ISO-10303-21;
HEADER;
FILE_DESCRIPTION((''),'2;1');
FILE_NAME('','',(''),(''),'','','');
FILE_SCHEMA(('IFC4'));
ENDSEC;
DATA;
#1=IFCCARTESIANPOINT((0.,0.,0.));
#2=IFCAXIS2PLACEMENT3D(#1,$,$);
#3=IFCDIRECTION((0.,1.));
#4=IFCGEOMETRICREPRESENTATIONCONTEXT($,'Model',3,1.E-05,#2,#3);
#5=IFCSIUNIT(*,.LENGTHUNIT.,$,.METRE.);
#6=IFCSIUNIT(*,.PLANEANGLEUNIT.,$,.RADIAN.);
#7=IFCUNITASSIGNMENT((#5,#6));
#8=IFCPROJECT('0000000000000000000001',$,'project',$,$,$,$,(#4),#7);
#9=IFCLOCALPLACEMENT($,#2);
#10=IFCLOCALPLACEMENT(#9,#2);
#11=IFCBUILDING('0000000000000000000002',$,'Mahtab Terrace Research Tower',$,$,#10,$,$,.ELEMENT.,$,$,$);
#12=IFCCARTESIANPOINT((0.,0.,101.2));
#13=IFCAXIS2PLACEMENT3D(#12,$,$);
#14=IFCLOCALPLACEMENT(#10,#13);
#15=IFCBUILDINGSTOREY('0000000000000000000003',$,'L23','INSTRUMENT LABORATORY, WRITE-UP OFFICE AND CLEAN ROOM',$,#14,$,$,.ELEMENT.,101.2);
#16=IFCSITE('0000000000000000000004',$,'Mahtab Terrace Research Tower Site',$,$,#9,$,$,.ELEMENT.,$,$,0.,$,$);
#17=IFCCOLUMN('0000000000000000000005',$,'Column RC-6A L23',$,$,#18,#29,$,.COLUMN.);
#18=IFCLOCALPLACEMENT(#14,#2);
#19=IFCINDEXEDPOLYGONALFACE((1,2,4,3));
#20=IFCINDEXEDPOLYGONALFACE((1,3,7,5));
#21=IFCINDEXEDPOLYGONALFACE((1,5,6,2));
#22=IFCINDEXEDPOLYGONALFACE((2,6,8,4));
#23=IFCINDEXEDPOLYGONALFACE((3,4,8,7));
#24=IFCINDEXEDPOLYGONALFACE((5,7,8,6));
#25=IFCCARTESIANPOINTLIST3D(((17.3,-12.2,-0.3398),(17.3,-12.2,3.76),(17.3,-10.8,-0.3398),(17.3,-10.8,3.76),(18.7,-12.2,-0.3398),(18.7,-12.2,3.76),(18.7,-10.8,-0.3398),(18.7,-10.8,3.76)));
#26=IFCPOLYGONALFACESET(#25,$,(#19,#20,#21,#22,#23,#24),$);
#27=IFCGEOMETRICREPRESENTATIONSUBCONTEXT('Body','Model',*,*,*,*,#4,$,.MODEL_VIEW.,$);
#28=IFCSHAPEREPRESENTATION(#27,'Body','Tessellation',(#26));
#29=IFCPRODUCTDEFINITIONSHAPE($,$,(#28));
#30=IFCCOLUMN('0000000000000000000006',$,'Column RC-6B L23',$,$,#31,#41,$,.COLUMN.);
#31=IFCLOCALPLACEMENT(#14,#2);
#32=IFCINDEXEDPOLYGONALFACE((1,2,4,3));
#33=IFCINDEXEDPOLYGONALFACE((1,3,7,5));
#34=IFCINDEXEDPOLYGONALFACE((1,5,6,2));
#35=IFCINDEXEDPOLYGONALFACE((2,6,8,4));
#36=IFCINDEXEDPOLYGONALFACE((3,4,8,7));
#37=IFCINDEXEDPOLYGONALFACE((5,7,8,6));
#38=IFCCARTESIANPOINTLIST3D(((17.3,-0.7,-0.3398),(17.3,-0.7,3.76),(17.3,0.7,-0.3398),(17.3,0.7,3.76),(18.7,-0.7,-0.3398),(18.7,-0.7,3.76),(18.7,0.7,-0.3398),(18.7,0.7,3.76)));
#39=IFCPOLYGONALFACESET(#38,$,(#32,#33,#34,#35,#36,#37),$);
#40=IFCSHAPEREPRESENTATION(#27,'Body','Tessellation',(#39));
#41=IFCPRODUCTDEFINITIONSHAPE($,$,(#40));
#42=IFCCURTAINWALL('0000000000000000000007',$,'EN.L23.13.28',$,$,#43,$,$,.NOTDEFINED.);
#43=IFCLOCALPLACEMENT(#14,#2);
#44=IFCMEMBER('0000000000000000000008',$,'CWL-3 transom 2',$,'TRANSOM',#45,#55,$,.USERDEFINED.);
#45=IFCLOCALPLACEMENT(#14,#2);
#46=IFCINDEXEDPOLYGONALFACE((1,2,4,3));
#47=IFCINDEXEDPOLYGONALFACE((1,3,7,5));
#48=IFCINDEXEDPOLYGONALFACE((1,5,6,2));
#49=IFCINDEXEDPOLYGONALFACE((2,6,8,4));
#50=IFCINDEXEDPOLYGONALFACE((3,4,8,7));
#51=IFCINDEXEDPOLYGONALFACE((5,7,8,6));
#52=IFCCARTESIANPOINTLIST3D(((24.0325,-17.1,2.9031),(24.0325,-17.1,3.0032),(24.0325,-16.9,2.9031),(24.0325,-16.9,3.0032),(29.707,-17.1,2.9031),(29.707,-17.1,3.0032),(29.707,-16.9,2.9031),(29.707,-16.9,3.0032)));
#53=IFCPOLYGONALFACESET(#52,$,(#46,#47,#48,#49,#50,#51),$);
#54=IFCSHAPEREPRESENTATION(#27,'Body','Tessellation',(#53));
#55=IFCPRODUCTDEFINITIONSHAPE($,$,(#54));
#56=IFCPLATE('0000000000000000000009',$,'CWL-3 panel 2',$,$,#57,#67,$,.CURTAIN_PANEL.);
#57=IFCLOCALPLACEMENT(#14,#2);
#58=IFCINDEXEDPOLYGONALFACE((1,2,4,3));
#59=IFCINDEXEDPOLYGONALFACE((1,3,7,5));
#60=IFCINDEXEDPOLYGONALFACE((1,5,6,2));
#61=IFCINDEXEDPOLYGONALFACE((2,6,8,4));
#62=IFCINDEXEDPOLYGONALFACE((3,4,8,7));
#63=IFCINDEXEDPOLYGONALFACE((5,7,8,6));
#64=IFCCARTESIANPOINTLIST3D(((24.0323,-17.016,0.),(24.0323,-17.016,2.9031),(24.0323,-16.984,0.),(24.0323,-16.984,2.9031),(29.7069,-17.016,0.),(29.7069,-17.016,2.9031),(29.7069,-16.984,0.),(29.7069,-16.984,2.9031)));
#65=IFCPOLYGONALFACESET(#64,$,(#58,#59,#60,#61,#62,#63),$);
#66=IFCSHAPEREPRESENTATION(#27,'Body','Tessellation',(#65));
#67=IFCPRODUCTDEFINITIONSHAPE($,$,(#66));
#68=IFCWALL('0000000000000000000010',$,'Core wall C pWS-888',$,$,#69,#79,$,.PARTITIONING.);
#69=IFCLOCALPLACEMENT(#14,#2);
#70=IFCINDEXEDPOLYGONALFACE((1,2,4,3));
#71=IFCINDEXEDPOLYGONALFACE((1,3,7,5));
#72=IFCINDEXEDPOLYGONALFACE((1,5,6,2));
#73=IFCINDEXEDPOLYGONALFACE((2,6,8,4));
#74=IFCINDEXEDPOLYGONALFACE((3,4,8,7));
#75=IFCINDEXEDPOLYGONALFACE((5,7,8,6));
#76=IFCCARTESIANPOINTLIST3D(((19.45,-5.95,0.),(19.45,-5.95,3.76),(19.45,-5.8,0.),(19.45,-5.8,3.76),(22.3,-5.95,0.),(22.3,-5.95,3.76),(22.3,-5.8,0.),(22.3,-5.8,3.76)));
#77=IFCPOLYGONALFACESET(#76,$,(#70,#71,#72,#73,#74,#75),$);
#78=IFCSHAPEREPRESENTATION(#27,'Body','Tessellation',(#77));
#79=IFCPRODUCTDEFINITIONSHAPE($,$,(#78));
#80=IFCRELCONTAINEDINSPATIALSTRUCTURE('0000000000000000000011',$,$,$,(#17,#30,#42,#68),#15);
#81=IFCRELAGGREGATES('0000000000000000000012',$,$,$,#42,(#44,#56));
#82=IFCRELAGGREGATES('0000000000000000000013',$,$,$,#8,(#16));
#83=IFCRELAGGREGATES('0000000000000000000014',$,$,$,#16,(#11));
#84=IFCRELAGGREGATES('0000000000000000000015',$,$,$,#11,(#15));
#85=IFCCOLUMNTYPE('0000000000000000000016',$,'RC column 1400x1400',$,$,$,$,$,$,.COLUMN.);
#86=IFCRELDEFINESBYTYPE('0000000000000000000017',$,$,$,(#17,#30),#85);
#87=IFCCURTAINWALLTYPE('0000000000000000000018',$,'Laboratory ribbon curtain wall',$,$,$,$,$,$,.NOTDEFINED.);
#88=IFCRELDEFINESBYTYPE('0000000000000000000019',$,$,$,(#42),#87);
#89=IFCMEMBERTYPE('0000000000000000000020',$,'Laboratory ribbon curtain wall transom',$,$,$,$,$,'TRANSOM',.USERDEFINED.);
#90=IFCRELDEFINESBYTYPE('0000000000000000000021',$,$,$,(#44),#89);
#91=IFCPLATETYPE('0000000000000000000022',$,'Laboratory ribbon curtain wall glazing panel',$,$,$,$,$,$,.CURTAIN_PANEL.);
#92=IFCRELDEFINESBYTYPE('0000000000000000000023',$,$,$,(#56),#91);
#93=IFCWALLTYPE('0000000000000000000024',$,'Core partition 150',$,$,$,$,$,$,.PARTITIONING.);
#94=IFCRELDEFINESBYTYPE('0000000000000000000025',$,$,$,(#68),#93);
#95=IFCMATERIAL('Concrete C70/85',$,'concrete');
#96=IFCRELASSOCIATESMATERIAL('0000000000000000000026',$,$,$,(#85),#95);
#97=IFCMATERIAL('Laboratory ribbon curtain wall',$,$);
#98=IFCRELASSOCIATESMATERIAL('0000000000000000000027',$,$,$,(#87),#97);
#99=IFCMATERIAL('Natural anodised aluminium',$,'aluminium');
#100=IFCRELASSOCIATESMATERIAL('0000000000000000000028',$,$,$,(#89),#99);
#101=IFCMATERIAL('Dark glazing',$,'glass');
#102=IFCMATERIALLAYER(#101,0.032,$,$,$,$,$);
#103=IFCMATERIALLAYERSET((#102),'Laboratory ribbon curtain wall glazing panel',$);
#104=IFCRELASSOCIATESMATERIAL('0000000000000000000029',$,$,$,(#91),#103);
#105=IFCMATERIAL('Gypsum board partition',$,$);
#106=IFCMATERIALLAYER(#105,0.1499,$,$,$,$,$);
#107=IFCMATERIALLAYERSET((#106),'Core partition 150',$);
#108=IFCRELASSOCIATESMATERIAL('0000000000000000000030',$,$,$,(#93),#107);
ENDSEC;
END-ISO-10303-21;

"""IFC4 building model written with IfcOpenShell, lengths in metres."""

from ifc_helpers import new_model, si_unit, direction, frame, frame_2d, origin, origin_2d, place, context, subcontext, project, spatial, rectangle, extrude, material, layer, layer_set, material_profile, profile_set, type_object, element, aggregate, save


model = new_model("IFC4")

# Units and contexts
model_context = context("Model", 3, precision=1e-05, world=origin(), true_north=direction((0.0, 1.0)))
body_context = subcontext(model_context, "Body", "Model", "MODEL_VIEW")
ifc_project = project(units=[si_unit("LENGTHUNIT", "METRE"), si_unit("PLANEANGLEUNIT", "RADIAN")], contexts=[model_context])

# Site, building, storey
site_placement = place(None, origin())
site = spatial("IfcSite", under=ifc_project, at=site_placement, Name="Mahtab Terrace Research Tower Site", CompositionType="ELEMENT", RefElevation=0.0)
building_placement = place(site_placement, origin())
building = spatial("IfcBuilding", under=site, at=building_placement, Name="Mahtab Terrace Research Tower", CompositionType="ELEMENT")
storey_placement = place(building_placement, frame((0.0, 0.0, 101.2)))
storey = spatial("IfcBuildingStorey", under=building, at=storey_placement, Name="L23", Description="INSTRUMENT LABORATORY, WRITE-UP OFFICE AND CLEAN ROOM", CompositionType="ELEMENT", Elevation=101.2)

# Columns
ifc_material_1 = material(Name="Concrete C70/85", Category="concrete")
ifc_material_profile_1 = material_profile(ifc_material_1, rectangle(XDim=1.3999, YDim=1.3999, at=origin_2d()), Name="RC column 1400x1400")
ifc_profile_set_1 = profile_set([ifc_material_profile_1], Name="Concrete C70/85")
column_type = type_object("IfcColumnType", Name="RC column 1400x1400", PredefinedType="COLUMN", material=ifc_profile_set_1)
for number, where, z_axis, x_axis, name in (
    (1, (18.0, -11.5, -0.3398), (0.0, 0.0, 1.0), (1.0, 0.0, 0.0), "Column RC-6A L23"),
    (2, (18.0, 0.0, -0.3398), (0.0, 0.0, 1.0), (1.0, 0.0, 0.0), "Column RC-6B L23"),
):
    element("IfcColumn", number, at=place(storey_placement, frame(where, z_axis=z_axis, x_axis=x_axis)), inside=storey, type_object=column_type, Name=name, PredefinedType="COLUMN", context=body_context, shape_type="SweptSolid", body=[
        extrude(rectangle(XDim=1.3999, YDim=1.3999, at=origin_2d()), origin(), (0.0, 0.0, 1.0), 4.0999),
    ])

# Curtain wall, member, plate
ifc_material_2 = material(Name="Laboratory ribbon curtain wall")
curtain_wall_type = type_object("IfcCurtainWallType", Name="Laboratory ribbon curtain wall", PredefinedType="NOTDEFINED", material=ifc_material_2)
curtain_wall_placement = place(storey_placement, origin())
curtain_wall = element("IfcCurtainWall", 3, at=curtain_wall_placement, inside=storey, type_object=curtain_wall_type, Name="EN.L23.13.28", PredefinedType="NOTDEFINED")
ifc_material_3 = material(Name="Natural anodised aluminium", Category="aluminium")
ifc_material_profile_2 = material_profile(ifc_material_3, rectangle(XDim=0.2, YDim=0.1001, at=origin_2d()), Name="TRANSOM 100x200")
ifc_profile_set_2 = profile_set([ifc_material_profile_2], Name="Natural anodised aluminium")
member_type = type_object("IfcMemberType", Name="Laboratory ribbon curtain wall transom", ElementType="TRANSOM", PredefinedType="USERDEFINED", material=ifc_profile_set_2)
member_placement = place(storey_placement, frame((24.0325, -17.0, 2.9531), z_axis=(1.0, 0.0, 0.0), x_axis=(0.0, 1.0, 0.0)))
member = element("IfcMember", 4, at=member_placement, type_object=member_type, Name="CWL-3 transom 2", ObjectType="TRANSOM", PredefinedType="USERDEFINED", context=body_context, shape_type="SweptSolid", body=[
    extrude(rectangle(XDim=0.2, YDim=0.1001, at=origin_2d()), origin(), (0.0, 0.0, 1.0), 5.6746),
])
ifc_material_4 = material(Name="Dark glazing", Category="glass")
ifc_layer_1 = layer(ifc_material_4, 0.032)
ifc_layer_set_1 = layer_set([ifc_layer_1], Name="Laboratory ribbon curtain wall glazing panel")
plate_type = type_object("IfcPlateType", Name="Laboratory ribbon curtain wall glazing panel", PredefinedType="CURTAIN_PANEL", material=ifc_layer_set_1)
plate_placement = place(storey_placement, frame((26.8696, -17.0, 0.0), z_axis=(0.0, 0.0, 1.0), x_axis=(1.0, 0.0, 0.0)))
plate = element("IfcPlate", 5, at=plate_placement, type_object=plate_type, Name="CWL-3 panel 2", PredefinedType="CURTAIN_PANEL", context=body_context, shape_type="SweptSolid", body=[
    extrude(rectangle(XDim=5.6746, YDim=0.032, at=origin_2d()), origin(), (0.0, 0.0, 1.0), 2.9031),
])
aggregate(curtain_wall, [member, plate])

# Wall
ifc_material_5 = material(Name="Gypsum board partition")
ifc_layer_2 = layer(ifc_material_5, 0.1499)
ifc_layer_set_2 = layer_set([ifc_layer_2], Name="Core partition 150")
wall_type_1 = type_object("IfcWallType", Name="Core partition 150", PredefinedType="PARTITIONING", material=ifc_layer_set_2)
wall_1_placement = place(storey_placement, frame((19.45, -5.875, 0.0), z_axis=(0.0, 0.0, 1.0), x_axis=(1.0, 0.0, 0.0)))
element("IfcWall", 6, at=wall_1_placement, inside=storey, type_object=wall_type_1, Name="Core wall C pWS-888", PredefinedType="PARTITIONING", context=body_context, shape_type="SweptSolid", body=[
    extrude(rectangle(XDim=2.8501, YDim=0.1499, at=frame_2d((1.425, 0.0))), origin(), (0.0, 0.0, 1.0), 3.76),
])

save(model, "model.ifc")
